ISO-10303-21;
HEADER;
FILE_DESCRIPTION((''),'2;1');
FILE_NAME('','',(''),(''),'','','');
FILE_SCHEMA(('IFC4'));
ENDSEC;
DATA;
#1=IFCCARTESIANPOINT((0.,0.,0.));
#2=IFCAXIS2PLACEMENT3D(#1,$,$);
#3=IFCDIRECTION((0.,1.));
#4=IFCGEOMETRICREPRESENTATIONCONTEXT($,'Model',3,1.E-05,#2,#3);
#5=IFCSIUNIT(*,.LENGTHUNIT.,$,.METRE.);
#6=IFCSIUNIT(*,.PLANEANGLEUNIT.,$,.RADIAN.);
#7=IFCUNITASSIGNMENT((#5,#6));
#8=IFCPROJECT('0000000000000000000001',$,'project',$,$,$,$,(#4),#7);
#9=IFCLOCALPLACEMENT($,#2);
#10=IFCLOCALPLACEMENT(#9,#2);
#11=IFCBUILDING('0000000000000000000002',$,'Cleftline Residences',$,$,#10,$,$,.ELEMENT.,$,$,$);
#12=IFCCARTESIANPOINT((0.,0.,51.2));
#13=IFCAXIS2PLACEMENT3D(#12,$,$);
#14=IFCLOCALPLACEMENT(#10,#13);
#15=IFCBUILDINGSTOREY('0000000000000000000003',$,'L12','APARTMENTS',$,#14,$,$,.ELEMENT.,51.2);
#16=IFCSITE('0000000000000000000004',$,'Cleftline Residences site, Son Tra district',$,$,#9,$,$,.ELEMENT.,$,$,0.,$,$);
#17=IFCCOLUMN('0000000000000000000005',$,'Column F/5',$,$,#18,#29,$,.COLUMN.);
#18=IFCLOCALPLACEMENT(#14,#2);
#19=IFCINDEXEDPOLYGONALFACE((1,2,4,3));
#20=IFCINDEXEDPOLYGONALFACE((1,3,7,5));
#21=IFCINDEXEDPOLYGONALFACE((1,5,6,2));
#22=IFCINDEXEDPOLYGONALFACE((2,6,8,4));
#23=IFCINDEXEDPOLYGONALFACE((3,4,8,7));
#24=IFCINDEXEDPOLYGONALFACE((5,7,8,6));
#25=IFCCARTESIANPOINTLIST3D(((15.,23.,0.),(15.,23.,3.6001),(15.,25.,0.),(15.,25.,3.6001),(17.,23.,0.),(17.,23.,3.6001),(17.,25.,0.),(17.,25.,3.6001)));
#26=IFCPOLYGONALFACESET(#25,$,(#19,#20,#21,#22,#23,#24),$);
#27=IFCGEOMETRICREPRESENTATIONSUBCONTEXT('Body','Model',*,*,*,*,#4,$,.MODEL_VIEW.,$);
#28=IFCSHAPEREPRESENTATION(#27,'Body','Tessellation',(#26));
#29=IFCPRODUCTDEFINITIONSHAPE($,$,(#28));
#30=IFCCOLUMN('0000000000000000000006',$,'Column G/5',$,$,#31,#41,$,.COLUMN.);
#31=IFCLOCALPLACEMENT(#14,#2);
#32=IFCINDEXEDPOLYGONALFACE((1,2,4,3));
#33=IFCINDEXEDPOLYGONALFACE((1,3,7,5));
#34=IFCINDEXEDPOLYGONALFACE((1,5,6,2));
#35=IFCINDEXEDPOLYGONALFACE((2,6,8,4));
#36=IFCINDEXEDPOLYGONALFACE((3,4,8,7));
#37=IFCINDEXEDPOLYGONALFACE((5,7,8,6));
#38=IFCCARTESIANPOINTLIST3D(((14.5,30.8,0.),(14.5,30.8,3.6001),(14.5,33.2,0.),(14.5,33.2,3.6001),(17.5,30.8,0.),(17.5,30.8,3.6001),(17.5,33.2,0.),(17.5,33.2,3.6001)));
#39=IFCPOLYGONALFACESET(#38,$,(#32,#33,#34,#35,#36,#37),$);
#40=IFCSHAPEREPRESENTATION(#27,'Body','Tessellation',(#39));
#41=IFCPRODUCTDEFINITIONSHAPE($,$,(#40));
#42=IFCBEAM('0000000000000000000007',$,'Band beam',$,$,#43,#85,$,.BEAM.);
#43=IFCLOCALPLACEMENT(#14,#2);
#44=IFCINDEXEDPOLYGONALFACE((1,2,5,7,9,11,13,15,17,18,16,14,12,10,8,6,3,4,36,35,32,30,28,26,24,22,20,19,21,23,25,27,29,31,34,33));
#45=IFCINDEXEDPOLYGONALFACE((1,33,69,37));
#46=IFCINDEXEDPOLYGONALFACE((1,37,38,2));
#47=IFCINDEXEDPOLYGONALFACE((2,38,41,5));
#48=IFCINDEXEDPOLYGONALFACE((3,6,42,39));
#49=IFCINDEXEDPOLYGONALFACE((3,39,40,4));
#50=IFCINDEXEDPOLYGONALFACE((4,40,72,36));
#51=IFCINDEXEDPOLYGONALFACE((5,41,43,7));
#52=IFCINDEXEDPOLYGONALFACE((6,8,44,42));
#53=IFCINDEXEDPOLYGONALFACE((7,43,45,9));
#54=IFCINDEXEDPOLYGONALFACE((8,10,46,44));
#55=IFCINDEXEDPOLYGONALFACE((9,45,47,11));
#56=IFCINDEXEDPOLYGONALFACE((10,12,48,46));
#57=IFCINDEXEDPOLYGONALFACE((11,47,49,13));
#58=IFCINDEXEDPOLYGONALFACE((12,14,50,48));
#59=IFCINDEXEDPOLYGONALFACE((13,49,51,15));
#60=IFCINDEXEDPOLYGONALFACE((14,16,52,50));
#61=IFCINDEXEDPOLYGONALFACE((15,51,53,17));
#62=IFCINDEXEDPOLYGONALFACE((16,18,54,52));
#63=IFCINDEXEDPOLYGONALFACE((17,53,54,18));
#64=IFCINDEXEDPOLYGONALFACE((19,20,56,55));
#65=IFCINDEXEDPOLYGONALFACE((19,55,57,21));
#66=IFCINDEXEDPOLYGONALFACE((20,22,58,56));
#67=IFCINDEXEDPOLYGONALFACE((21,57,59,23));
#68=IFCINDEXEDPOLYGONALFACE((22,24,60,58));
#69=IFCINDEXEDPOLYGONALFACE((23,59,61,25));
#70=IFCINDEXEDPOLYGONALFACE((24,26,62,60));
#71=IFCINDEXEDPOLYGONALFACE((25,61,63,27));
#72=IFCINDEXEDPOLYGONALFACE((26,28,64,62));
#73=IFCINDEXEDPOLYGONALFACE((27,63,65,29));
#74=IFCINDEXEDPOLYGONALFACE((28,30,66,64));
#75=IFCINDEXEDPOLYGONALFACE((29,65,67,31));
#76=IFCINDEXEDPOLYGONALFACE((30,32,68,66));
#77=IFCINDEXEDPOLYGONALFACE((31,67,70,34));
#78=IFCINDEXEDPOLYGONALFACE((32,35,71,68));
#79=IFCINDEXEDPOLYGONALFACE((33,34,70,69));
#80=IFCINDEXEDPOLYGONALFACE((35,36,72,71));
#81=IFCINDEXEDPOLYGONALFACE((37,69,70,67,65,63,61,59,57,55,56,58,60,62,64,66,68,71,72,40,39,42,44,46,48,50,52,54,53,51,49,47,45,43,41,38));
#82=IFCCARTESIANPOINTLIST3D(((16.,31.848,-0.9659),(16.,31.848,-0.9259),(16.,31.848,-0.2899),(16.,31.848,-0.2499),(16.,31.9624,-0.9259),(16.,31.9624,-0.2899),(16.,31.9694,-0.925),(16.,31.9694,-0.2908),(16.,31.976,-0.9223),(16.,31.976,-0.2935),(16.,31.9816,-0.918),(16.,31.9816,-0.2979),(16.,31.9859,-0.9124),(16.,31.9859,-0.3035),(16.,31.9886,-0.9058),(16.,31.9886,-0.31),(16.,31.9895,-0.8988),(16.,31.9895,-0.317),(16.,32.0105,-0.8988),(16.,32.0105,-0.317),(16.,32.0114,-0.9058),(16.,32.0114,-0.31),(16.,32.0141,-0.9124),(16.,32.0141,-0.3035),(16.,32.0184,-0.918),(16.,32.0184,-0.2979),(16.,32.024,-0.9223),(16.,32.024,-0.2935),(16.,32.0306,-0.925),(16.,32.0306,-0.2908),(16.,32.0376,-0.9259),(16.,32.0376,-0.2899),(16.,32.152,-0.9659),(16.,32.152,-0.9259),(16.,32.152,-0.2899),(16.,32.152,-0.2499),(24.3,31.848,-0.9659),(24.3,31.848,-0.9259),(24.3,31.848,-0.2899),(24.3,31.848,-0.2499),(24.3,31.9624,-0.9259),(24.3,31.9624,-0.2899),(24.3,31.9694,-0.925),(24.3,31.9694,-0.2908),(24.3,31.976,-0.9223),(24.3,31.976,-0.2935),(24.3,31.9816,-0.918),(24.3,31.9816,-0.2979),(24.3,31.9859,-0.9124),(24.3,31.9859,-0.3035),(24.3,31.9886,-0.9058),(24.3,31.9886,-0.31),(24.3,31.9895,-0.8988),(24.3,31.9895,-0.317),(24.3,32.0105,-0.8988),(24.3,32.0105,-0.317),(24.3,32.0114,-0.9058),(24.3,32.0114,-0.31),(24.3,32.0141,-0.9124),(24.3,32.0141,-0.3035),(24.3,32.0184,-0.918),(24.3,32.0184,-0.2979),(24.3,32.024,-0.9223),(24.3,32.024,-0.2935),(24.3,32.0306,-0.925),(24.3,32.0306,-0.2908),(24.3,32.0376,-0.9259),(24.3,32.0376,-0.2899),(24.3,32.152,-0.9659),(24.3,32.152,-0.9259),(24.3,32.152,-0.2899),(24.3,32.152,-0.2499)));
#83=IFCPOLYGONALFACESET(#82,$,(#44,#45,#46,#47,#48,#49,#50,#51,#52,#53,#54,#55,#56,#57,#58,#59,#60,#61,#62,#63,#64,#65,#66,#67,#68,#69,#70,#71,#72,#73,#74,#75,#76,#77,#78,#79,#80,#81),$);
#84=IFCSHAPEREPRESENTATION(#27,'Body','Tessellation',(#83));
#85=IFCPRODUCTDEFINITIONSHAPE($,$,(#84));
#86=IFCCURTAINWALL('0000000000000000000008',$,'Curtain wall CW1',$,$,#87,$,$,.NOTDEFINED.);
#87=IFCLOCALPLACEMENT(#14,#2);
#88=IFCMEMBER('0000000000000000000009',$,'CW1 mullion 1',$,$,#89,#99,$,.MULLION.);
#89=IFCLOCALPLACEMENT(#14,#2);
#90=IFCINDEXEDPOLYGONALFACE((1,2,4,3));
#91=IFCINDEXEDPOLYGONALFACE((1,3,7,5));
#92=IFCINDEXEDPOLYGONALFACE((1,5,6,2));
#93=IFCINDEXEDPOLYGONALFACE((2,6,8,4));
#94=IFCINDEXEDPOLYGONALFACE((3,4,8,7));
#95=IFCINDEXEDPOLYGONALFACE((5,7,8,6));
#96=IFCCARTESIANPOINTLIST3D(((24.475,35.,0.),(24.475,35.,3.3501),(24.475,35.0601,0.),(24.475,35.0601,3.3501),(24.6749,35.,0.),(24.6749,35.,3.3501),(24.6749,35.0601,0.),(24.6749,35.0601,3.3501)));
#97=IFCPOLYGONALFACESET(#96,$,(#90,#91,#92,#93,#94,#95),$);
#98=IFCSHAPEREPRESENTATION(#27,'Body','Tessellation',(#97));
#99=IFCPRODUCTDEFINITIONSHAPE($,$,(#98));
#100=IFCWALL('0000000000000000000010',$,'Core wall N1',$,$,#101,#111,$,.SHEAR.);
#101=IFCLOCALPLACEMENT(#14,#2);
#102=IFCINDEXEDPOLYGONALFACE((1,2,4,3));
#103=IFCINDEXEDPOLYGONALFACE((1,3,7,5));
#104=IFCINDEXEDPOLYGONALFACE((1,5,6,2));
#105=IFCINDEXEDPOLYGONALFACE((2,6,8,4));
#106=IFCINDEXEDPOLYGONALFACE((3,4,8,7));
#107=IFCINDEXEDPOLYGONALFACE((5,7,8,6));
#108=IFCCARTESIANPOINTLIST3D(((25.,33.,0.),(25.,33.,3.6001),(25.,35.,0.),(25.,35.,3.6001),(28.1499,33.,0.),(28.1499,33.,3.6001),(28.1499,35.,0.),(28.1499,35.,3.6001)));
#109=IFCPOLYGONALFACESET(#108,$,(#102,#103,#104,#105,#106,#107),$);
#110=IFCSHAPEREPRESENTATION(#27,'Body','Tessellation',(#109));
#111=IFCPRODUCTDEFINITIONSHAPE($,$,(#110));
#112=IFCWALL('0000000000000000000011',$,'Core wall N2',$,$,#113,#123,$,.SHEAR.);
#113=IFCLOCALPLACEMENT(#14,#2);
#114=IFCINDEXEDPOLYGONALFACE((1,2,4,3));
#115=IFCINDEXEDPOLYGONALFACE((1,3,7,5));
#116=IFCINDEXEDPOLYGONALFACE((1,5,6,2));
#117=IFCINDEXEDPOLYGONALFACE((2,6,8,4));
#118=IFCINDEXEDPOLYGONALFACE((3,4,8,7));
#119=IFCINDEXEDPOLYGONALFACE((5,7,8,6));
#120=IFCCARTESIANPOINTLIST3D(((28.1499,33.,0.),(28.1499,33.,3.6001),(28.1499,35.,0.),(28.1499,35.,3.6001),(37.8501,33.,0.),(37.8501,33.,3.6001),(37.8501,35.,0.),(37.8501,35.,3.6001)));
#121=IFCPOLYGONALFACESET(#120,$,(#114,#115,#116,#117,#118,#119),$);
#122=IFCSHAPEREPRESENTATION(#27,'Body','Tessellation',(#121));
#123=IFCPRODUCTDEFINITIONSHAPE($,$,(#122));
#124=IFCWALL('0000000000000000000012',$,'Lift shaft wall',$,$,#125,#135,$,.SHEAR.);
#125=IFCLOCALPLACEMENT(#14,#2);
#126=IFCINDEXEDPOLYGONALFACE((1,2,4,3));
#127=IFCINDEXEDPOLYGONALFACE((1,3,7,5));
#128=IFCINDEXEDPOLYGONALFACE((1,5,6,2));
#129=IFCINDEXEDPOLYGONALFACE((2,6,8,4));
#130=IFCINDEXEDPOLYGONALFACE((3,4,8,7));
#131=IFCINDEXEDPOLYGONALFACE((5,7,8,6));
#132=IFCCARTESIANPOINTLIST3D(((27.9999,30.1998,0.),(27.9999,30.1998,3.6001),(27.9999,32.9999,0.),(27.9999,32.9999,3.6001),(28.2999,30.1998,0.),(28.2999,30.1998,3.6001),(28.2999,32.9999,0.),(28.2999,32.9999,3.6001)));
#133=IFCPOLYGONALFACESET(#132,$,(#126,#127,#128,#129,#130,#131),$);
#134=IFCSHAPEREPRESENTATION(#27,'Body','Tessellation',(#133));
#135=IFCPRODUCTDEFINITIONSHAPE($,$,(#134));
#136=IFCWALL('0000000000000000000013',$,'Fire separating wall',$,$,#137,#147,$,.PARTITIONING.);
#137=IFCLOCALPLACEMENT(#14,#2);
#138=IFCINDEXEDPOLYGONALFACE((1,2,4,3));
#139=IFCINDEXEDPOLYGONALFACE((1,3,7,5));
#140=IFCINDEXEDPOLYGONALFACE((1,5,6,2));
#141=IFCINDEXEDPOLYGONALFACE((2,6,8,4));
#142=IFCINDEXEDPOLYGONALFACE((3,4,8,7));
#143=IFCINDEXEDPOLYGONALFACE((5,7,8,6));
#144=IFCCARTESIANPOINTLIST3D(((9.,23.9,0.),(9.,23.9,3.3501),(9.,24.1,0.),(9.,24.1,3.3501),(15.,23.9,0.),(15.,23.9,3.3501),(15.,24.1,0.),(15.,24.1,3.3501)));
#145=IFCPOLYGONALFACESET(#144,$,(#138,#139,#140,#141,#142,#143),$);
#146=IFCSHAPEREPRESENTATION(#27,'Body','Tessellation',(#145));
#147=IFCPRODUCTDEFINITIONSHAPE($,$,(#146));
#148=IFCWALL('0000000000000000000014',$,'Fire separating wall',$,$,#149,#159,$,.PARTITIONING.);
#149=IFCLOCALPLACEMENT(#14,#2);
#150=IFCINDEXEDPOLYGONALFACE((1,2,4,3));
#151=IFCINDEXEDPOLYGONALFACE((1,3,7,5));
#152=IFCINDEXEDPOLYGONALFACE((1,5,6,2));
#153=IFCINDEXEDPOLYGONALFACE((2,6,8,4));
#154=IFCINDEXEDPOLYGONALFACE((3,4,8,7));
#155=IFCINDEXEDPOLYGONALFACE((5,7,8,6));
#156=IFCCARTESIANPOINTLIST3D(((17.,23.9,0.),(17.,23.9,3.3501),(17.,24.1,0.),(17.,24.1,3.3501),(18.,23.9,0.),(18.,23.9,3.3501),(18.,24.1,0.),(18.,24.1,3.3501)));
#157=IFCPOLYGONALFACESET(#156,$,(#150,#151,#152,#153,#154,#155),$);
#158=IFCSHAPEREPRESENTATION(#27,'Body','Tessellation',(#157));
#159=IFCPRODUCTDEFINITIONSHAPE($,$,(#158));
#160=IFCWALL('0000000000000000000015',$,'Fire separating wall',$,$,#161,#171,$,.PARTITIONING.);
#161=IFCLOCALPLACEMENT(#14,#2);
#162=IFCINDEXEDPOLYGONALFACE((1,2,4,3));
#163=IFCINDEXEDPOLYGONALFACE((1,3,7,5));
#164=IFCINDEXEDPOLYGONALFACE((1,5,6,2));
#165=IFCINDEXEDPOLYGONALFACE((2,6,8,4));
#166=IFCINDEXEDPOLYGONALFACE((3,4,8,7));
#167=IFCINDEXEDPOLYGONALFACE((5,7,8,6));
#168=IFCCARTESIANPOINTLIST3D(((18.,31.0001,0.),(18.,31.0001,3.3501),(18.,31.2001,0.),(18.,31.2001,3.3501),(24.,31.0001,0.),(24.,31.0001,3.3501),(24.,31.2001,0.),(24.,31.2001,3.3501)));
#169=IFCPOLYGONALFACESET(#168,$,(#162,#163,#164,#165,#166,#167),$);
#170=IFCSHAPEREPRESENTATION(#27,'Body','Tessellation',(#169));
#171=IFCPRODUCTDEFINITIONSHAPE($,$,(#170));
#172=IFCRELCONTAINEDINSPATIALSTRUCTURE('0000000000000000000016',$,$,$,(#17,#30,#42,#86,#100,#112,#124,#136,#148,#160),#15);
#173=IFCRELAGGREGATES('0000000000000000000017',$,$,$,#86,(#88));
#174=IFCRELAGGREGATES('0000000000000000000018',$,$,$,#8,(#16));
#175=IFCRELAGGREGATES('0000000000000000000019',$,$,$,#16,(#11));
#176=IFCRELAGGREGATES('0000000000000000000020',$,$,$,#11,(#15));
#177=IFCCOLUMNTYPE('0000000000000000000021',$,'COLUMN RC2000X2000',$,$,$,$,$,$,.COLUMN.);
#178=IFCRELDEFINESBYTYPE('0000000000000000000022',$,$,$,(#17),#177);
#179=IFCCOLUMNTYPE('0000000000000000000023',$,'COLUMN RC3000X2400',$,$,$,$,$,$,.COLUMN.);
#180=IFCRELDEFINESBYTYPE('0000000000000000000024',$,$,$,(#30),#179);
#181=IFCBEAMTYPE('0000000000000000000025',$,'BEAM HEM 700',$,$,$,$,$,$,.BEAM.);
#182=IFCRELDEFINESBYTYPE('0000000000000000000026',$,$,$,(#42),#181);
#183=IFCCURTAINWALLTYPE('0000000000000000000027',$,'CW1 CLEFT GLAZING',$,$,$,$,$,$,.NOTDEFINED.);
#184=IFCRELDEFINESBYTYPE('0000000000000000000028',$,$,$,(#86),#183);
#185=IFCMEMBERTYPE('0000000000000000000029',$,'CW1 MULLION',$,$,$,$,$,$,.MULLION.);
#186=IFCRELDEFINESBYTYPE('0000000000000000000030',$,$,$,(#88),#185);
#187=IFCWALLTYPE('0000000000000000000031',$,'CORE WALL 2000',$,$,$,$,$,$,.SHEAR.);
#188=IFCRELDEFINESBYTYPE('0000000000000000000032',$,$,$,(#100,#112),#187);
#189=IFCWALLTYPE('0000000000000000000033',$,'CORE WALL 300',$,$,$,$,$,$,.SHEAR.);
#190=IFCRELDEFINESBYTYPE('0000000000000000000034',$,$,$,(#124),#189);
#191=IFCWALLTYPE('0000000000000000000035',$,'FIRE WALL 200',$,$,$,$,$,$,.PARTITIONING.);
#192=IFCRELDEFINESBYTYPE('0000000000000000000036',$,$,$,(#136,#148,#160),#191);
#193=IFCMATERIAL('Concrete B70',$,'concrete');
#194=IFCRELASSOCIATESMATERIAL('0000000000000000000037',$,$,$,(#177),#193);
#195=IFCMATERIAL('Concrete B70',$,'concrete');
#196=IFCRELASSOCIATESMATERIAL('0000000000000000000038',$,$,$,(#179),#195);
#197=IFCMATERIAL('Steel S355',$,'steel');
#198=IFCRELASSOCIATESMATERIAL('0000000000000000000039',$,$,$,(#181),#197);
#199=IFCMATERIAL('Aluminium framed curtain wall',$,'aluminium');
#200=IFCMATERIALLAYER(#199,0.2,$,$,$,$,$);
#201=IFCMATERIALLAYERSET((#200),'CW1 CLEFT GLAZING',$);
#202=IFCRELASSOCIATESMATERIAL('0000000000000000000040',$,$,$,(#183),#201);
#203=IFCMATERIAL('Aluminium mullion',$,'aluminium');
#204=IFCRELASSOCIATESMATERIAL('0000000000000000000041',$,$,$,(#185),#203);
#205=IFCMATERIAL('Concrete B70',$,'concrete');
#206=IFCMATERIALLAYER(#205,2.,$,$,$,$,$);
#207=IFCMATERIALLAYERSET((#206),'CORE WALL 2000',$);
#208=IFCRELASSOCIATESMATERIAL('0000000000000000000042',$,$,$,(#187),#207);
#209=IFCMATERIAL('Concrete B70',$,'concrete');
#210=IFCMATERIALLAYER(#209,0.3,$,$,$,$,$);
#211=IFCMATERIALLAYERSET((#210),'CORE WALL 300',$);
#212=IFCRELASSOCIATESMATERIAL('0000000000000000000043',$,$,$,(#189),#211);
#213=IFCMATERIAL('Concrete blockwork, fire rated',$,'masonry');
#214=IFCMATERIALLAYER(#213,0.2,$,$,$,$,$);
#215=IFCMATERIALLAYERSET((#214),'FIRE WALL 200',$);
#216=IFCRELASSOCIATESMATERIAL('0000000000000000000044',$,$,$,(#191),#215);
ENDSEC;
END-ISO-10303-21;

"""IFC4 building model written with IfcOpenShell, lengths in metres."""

from ifc_helpers import new_model, si_unit, direction, frame, frame_2d, origin, origin_2d, place, context, subcontext, project, spatial, rectangle, i_section, extrude, material, layer, layer_set, material_profile, profile_set, type_object, element, aggregate, save


model = new_model("IFC4")

# Units and contexts
model_context = context("Model", 3, precision=1e-05, world=origin(), true_north=direction((0.0, 1.0)))
body_context = subcontext(model_context, "Body", "Model", "MODEL_VIEW")
ifc_project = project(units=[si_unit("LENGTHUNIT", "METRE"), si_unit("PLANEANGLEUNIT", "RADIAN")], contexts=[model_context])

# Site, building, storey
site_placement = place(None, origin())
site = spatial("IfcSite", under=ifc_project, at=site_placement, Name="Cleftline Residences site, Son Tra district", CompositionType="ELEMENT", RefElevation=0.0)
building_placement = place(site_placement, origin())
building = spatial("IfcBuilding", under=site, at=building_placement, Name="Cleftline Residences", CompositionType="ELEMENT")
storey_placement = place(building_placement, frame((0.0, 0.0, 51.2)))
storey = spatial("IfcBuildingStorey", under=building, at=storey_placement, Name="L12", Description="APARTMENTS", CompositionType="ELEMENT", Elevation=51.2)

# Columns
ifc_material_1 = material(Name="Concrete B70", Category="concrete")
ifc_material_profile_1 = material_profile(ifc_material_1, rectangle(XDim=2.0, YDim=2.0, at=origin_2d()))
ifc_profile_set_1 = profile_set([ifc_material_profile_1], Name="Concrete B70")
column_type_1 = type_object("IfcColumnType", Name="COLUMN RC2000X2000", PredefinedType="COLUMN", material=ifc_profile_set_1)
column_1_placement = place(storey_placement, frame((16.0, 24.0, 0.0), z_axis=(0.0, 0.0, 1.0), x_axis=(1.0, 0.0, 0.0)))
element("IfcColumn", 1, at=column_1_placement, inside=storey, type_object=column_type_1, Name="Column F/5", PredefinedType="COLUMN", context=body_context, shape_type="SweptSolid", body=[
    extrude(rectangle(XDim=2.0, YDim=2.0, at=origin_2d()), origin(), (0.0, 0.0, 1.0), 3.6001),
])
ifc_material_2 = material(Name="Concrete B70", Category="concrete")
ifc_material_profile_2 = material_profile(ifc_material_2, rectangle(XDim=3.0, YDim=2.3999, at=origin_2d()))
ifc_profile_set_2 = profile_set([ifc_material_profile_2], Name="Concrete B70")
column_type_2 = type_object("IfcColumnType", Name="COLUMN RC3000X2400", PredefinedType="COLUMN", material=ifc_profile_set_2)
column_2_placement = place(storey_placement, frame((16.0, 32.0, 0.0), z_axis=(0.0, 0.0, 1.0), x_axis=(1.0, 0.0, 0.0)))
element("IfcColumn", 2, at=column_2_placement, inside=storey, type_object=column_type_2, Name="Column G/5", PredefinedType="COLUMN", context=body_context, shape_type="SweptSolid", body=[
    extrude(rectangle(XDim=3.0, YDim=2.3999, at=origin_2d()), origin(), (0.0, 0.0, 1.0), 3.6001),
])

# Beam
ifc_material_3 = material(Name="Steel S355", Category="steel")
ifc_material_profile_3 = material_profile(ifc_material_3, i_section(OverallWidth=0.304, OverallDepth=0.7161, WebThickness=0.021, FlangeThickness=0.04, FilletRadius=0.0271, at=origin_2d()))
ifc_profile_set_3 = profile_set([ifc_material_profile_3], Name="Steel S355")
beam_type = type_object("IfcBeamType", Name="BEAM HEM 700", PredefinedType="BEAM", material=ifc_profile_set_3)
beam_placement = place(storey_placement, frame((16.0, 32.0, -0.6079), z_axis=(1.0, 0.0, 0.0), x_axis=(0.0, 1.0, 0.0)))
element("IfcBeam", 3, at=beam_placement, inside=storey, type_object=beam_type, Name="Band beam", PredefinedType="BEAM", context=body_context, shape_type="SweptSolid", body=[
    extrude(i_section(OverallWidth=0.304, OverallDepth=0.7161, WebThickness=0.021, FlangeThickness=0.04, FilletRadius=0.0271, at=origin_2d()), origin(), (0.0, 0.0, 1.0), 8.3),
])

# Curtain wall, member
ifc_material_4 = material(Name="Aluminium framed curtain wall", Category="aluminium")
ifc_layer_1 = layer(ifc_material_4, 0.2)
ifc_layer_set_1 = layer_set([ifc_layer_1], Name="CW1 CLEFT GLAZING")
curtain_wall_type = type_object("IfcCurtainWallType", Name="CW1 CLEFT GLAZING", PredefinedType="NOTDEFINED", material=ifc_layer_set_1)
curtain_wall_placement = place(storey_placement, origin())
curtain_wall = element("IfcCurtainWall", 4, at=curtain_wall_placement, inside=storey, type_object=curtain_wall_type, Name="Curtain wall CW1", PredefinedType="NOTDEFINED")
ifc_material_5 = material(Name="Aluminium mullion", Category="aluminium")
ifc_material_profile_4 = material_profile(ifc_material_5, rectangle(XDim=0.2, YDim=0.0601, at=origin_2d()))
ifc_profile_set_4 = profile_set([ifc_material_profile_4], Name="Aluminium mullion")
member_type = type_object("IfcMemberType", Name="CW1 MULLION", PredefinedType="MULLION", material=ifc_profile_set_4)
member_placement = place(storey_placement, frame((24.575, 35.03, 0.0), z_axis=(0.0, 0.0, 1.0), x_axis=(-1.0, 0.0, 0.0)))
member = element("IfcMember", 5, at=member_placement, type_object=member_type, Name="CW1 mullion 1", PredefinedType="MULLION", context=body_context, shape_type="SweptSolid", body=[
    extrude(rectangle(XDim=0.2, YDim=0.0601, at=origin_2d()), origin(), (0.0, 0.0, 1.0), 3.3501),
])
aggregate(curtain_wall, [member])

# Walls
ifc_material_6 = material(Name="Concrete B70", Category="concrete")
ifc_layer_2 = layer(ifc_material_6, 2.0)
ifc_layer_set_2 = layer_set([ifc_layer_2], Name="CORE WALL 2000")
wall_type_1 = type_object("IfcWallType", Name="CORE WALL 2000", PredefinedType="SHEAR", material=ifc_layer_set_2)
wall_1_placement = place(storey_placement, frame((25.0, 34.0, 0.0), z_axis=(0.0, 0.0, 1.0), x_axis=(1.0, 0.0, 0.0)))
element("IfcWall", 6, at=wall_1_placement, inside=storey, type_object=wall_type_1, Name="Core wall N1", PredefinedType="SHEAR", context=body_context, shape_type="SweptSolid", body=[
    extrude(rectangle(XDim=3.1499, YDim=2.0, at=frame_2d((1.575, 0.0))), origin(), (0.0, 0.0, 1.0), 3.6001),
])
wall_2_placement = place(storey_placement, frame((28.1499, 34.0, 0.0), z_axis=(0.0, 0.0, 1.0), x_axis=(1.0, 0.0, 0.0)))
element("IfcWall", 7, at=wall_2_placement, inside=storey, type_object=wall_type_1, Name="Core wall N2", PredefinedType="SHEAR", context=body_context, shape_type="SweptSolid", body=[
    extrude(rectangle(XDim=9.7002, YDim=2.0, at=frame_2d((4.8501, 0.0))), origin(), (0.0, 0.0, 1.0), 3.6001),
])
ifc_material_7 = material(Name="Concrete B70", Category="concrete")
ifc_layer_3 = layer(ifc_material_7, 0.3)
ifc_layer_set_3 = layer_set([ifc_layer_3], Name="CORE WALL 300")
wall_type_2 = type_object("IfcWallType", Name="CORE WALL 300", PredefinedType="SHEAR", material=ifc_layer_set_3)
wall_3_placement = place(storey_placement, frame((28.1499, 30.2, 0.0), z_axis=(0.0, 0.0, 1.0), x_axis=(0.0, 1.0, 0.0)))
element("IfcWall", 8, at=wall_3_placement, inside=storey, type_object=wall_type_2, Name="Lift shaft wall", PredefinedType="SHEAR", context=body_context, shape_type="SweptSolid", body=[
    extrude(rectangle(XDim=2.8, YDim=0.3, at=frame_2d((1.3999, 0.0))), origin(), (0.0, 0.0, 1.0), 3.6001),
])
ifc_material_8 = material(Name="Concrete blockwork, fire rated", Category="masonry")
ifc_layer_4 = layer(ifc_material_8, 0.2)
ifc_layer_set_4 = layer_set([ifc_layer_4], Name="FIRE WALL 200")
wall_type_3 = type_object("IfcWallType", Name="FIRE WALL 200", PredefinedType="PARTITIONING", material=ifc_layer_set_4)
wall_4_placement = place(storey_placement, frame((9.0, 24.0, 0.0), z_axis=(0.0, 0.0, 1.0), x_axis=(1.0, 0.0, 0.0)))
element("IfcWall", 9, at=wall_4_placement, inside=storey, type_object=wall_type_3, Name="Fire separating wall", PredefinedType="PARTITIONING", context=body_context, shape_type="SweptSolid", body=[
    extrude(rectangle(XDim=6.0, YDim=0.2, at=frame_2d((3.0, 0.0))), origin(), (0.0, 0.0, 1.0), 3.3501),
])
wall_5_placement = place(storey_placement, frame((17.0, 24.0, 0.0), z_axis=(0.0, 0.0, 1.0), x_axis=(1.0, 0.0, 0.0)))
element("IfcWall", 10, at=wall_5_placement, inside=storey, type_object=wall_type_3, Name="Fire separating wall", PredefinedType="PARTITIONING", context=body_context, shape_type="SweptSolid", body=[
    extrude(rectangle(XDim=1.0, YDim=0.2, at=frame_2d((0.5, 0.0))), origin(), (0.0, 0.0, 1.0), 3.3501),
])
wall_6_placement = place(storey_placement, frame((18.0, 31.1001, 0.0), z_axis=(0.0, 0.0, 1.0), x_axis=(1.0, 0.0, 0.0)))
element("IfcWall", 11, at=wall_6_placement, inside=storey, type_object=wall_type_3, Name="Fire separating wall", PredefinedType="PARTITIONING", context=body_context, shape_type="SweptSolid", body=[
    extrude(rectangle(XDim=6.0, YDim=0.2, at=frame_2d((3.0, 0.0))), origin(), (0.0, 0.0, 1.0), 3.3501),
])

save(model, "model.ifc")
